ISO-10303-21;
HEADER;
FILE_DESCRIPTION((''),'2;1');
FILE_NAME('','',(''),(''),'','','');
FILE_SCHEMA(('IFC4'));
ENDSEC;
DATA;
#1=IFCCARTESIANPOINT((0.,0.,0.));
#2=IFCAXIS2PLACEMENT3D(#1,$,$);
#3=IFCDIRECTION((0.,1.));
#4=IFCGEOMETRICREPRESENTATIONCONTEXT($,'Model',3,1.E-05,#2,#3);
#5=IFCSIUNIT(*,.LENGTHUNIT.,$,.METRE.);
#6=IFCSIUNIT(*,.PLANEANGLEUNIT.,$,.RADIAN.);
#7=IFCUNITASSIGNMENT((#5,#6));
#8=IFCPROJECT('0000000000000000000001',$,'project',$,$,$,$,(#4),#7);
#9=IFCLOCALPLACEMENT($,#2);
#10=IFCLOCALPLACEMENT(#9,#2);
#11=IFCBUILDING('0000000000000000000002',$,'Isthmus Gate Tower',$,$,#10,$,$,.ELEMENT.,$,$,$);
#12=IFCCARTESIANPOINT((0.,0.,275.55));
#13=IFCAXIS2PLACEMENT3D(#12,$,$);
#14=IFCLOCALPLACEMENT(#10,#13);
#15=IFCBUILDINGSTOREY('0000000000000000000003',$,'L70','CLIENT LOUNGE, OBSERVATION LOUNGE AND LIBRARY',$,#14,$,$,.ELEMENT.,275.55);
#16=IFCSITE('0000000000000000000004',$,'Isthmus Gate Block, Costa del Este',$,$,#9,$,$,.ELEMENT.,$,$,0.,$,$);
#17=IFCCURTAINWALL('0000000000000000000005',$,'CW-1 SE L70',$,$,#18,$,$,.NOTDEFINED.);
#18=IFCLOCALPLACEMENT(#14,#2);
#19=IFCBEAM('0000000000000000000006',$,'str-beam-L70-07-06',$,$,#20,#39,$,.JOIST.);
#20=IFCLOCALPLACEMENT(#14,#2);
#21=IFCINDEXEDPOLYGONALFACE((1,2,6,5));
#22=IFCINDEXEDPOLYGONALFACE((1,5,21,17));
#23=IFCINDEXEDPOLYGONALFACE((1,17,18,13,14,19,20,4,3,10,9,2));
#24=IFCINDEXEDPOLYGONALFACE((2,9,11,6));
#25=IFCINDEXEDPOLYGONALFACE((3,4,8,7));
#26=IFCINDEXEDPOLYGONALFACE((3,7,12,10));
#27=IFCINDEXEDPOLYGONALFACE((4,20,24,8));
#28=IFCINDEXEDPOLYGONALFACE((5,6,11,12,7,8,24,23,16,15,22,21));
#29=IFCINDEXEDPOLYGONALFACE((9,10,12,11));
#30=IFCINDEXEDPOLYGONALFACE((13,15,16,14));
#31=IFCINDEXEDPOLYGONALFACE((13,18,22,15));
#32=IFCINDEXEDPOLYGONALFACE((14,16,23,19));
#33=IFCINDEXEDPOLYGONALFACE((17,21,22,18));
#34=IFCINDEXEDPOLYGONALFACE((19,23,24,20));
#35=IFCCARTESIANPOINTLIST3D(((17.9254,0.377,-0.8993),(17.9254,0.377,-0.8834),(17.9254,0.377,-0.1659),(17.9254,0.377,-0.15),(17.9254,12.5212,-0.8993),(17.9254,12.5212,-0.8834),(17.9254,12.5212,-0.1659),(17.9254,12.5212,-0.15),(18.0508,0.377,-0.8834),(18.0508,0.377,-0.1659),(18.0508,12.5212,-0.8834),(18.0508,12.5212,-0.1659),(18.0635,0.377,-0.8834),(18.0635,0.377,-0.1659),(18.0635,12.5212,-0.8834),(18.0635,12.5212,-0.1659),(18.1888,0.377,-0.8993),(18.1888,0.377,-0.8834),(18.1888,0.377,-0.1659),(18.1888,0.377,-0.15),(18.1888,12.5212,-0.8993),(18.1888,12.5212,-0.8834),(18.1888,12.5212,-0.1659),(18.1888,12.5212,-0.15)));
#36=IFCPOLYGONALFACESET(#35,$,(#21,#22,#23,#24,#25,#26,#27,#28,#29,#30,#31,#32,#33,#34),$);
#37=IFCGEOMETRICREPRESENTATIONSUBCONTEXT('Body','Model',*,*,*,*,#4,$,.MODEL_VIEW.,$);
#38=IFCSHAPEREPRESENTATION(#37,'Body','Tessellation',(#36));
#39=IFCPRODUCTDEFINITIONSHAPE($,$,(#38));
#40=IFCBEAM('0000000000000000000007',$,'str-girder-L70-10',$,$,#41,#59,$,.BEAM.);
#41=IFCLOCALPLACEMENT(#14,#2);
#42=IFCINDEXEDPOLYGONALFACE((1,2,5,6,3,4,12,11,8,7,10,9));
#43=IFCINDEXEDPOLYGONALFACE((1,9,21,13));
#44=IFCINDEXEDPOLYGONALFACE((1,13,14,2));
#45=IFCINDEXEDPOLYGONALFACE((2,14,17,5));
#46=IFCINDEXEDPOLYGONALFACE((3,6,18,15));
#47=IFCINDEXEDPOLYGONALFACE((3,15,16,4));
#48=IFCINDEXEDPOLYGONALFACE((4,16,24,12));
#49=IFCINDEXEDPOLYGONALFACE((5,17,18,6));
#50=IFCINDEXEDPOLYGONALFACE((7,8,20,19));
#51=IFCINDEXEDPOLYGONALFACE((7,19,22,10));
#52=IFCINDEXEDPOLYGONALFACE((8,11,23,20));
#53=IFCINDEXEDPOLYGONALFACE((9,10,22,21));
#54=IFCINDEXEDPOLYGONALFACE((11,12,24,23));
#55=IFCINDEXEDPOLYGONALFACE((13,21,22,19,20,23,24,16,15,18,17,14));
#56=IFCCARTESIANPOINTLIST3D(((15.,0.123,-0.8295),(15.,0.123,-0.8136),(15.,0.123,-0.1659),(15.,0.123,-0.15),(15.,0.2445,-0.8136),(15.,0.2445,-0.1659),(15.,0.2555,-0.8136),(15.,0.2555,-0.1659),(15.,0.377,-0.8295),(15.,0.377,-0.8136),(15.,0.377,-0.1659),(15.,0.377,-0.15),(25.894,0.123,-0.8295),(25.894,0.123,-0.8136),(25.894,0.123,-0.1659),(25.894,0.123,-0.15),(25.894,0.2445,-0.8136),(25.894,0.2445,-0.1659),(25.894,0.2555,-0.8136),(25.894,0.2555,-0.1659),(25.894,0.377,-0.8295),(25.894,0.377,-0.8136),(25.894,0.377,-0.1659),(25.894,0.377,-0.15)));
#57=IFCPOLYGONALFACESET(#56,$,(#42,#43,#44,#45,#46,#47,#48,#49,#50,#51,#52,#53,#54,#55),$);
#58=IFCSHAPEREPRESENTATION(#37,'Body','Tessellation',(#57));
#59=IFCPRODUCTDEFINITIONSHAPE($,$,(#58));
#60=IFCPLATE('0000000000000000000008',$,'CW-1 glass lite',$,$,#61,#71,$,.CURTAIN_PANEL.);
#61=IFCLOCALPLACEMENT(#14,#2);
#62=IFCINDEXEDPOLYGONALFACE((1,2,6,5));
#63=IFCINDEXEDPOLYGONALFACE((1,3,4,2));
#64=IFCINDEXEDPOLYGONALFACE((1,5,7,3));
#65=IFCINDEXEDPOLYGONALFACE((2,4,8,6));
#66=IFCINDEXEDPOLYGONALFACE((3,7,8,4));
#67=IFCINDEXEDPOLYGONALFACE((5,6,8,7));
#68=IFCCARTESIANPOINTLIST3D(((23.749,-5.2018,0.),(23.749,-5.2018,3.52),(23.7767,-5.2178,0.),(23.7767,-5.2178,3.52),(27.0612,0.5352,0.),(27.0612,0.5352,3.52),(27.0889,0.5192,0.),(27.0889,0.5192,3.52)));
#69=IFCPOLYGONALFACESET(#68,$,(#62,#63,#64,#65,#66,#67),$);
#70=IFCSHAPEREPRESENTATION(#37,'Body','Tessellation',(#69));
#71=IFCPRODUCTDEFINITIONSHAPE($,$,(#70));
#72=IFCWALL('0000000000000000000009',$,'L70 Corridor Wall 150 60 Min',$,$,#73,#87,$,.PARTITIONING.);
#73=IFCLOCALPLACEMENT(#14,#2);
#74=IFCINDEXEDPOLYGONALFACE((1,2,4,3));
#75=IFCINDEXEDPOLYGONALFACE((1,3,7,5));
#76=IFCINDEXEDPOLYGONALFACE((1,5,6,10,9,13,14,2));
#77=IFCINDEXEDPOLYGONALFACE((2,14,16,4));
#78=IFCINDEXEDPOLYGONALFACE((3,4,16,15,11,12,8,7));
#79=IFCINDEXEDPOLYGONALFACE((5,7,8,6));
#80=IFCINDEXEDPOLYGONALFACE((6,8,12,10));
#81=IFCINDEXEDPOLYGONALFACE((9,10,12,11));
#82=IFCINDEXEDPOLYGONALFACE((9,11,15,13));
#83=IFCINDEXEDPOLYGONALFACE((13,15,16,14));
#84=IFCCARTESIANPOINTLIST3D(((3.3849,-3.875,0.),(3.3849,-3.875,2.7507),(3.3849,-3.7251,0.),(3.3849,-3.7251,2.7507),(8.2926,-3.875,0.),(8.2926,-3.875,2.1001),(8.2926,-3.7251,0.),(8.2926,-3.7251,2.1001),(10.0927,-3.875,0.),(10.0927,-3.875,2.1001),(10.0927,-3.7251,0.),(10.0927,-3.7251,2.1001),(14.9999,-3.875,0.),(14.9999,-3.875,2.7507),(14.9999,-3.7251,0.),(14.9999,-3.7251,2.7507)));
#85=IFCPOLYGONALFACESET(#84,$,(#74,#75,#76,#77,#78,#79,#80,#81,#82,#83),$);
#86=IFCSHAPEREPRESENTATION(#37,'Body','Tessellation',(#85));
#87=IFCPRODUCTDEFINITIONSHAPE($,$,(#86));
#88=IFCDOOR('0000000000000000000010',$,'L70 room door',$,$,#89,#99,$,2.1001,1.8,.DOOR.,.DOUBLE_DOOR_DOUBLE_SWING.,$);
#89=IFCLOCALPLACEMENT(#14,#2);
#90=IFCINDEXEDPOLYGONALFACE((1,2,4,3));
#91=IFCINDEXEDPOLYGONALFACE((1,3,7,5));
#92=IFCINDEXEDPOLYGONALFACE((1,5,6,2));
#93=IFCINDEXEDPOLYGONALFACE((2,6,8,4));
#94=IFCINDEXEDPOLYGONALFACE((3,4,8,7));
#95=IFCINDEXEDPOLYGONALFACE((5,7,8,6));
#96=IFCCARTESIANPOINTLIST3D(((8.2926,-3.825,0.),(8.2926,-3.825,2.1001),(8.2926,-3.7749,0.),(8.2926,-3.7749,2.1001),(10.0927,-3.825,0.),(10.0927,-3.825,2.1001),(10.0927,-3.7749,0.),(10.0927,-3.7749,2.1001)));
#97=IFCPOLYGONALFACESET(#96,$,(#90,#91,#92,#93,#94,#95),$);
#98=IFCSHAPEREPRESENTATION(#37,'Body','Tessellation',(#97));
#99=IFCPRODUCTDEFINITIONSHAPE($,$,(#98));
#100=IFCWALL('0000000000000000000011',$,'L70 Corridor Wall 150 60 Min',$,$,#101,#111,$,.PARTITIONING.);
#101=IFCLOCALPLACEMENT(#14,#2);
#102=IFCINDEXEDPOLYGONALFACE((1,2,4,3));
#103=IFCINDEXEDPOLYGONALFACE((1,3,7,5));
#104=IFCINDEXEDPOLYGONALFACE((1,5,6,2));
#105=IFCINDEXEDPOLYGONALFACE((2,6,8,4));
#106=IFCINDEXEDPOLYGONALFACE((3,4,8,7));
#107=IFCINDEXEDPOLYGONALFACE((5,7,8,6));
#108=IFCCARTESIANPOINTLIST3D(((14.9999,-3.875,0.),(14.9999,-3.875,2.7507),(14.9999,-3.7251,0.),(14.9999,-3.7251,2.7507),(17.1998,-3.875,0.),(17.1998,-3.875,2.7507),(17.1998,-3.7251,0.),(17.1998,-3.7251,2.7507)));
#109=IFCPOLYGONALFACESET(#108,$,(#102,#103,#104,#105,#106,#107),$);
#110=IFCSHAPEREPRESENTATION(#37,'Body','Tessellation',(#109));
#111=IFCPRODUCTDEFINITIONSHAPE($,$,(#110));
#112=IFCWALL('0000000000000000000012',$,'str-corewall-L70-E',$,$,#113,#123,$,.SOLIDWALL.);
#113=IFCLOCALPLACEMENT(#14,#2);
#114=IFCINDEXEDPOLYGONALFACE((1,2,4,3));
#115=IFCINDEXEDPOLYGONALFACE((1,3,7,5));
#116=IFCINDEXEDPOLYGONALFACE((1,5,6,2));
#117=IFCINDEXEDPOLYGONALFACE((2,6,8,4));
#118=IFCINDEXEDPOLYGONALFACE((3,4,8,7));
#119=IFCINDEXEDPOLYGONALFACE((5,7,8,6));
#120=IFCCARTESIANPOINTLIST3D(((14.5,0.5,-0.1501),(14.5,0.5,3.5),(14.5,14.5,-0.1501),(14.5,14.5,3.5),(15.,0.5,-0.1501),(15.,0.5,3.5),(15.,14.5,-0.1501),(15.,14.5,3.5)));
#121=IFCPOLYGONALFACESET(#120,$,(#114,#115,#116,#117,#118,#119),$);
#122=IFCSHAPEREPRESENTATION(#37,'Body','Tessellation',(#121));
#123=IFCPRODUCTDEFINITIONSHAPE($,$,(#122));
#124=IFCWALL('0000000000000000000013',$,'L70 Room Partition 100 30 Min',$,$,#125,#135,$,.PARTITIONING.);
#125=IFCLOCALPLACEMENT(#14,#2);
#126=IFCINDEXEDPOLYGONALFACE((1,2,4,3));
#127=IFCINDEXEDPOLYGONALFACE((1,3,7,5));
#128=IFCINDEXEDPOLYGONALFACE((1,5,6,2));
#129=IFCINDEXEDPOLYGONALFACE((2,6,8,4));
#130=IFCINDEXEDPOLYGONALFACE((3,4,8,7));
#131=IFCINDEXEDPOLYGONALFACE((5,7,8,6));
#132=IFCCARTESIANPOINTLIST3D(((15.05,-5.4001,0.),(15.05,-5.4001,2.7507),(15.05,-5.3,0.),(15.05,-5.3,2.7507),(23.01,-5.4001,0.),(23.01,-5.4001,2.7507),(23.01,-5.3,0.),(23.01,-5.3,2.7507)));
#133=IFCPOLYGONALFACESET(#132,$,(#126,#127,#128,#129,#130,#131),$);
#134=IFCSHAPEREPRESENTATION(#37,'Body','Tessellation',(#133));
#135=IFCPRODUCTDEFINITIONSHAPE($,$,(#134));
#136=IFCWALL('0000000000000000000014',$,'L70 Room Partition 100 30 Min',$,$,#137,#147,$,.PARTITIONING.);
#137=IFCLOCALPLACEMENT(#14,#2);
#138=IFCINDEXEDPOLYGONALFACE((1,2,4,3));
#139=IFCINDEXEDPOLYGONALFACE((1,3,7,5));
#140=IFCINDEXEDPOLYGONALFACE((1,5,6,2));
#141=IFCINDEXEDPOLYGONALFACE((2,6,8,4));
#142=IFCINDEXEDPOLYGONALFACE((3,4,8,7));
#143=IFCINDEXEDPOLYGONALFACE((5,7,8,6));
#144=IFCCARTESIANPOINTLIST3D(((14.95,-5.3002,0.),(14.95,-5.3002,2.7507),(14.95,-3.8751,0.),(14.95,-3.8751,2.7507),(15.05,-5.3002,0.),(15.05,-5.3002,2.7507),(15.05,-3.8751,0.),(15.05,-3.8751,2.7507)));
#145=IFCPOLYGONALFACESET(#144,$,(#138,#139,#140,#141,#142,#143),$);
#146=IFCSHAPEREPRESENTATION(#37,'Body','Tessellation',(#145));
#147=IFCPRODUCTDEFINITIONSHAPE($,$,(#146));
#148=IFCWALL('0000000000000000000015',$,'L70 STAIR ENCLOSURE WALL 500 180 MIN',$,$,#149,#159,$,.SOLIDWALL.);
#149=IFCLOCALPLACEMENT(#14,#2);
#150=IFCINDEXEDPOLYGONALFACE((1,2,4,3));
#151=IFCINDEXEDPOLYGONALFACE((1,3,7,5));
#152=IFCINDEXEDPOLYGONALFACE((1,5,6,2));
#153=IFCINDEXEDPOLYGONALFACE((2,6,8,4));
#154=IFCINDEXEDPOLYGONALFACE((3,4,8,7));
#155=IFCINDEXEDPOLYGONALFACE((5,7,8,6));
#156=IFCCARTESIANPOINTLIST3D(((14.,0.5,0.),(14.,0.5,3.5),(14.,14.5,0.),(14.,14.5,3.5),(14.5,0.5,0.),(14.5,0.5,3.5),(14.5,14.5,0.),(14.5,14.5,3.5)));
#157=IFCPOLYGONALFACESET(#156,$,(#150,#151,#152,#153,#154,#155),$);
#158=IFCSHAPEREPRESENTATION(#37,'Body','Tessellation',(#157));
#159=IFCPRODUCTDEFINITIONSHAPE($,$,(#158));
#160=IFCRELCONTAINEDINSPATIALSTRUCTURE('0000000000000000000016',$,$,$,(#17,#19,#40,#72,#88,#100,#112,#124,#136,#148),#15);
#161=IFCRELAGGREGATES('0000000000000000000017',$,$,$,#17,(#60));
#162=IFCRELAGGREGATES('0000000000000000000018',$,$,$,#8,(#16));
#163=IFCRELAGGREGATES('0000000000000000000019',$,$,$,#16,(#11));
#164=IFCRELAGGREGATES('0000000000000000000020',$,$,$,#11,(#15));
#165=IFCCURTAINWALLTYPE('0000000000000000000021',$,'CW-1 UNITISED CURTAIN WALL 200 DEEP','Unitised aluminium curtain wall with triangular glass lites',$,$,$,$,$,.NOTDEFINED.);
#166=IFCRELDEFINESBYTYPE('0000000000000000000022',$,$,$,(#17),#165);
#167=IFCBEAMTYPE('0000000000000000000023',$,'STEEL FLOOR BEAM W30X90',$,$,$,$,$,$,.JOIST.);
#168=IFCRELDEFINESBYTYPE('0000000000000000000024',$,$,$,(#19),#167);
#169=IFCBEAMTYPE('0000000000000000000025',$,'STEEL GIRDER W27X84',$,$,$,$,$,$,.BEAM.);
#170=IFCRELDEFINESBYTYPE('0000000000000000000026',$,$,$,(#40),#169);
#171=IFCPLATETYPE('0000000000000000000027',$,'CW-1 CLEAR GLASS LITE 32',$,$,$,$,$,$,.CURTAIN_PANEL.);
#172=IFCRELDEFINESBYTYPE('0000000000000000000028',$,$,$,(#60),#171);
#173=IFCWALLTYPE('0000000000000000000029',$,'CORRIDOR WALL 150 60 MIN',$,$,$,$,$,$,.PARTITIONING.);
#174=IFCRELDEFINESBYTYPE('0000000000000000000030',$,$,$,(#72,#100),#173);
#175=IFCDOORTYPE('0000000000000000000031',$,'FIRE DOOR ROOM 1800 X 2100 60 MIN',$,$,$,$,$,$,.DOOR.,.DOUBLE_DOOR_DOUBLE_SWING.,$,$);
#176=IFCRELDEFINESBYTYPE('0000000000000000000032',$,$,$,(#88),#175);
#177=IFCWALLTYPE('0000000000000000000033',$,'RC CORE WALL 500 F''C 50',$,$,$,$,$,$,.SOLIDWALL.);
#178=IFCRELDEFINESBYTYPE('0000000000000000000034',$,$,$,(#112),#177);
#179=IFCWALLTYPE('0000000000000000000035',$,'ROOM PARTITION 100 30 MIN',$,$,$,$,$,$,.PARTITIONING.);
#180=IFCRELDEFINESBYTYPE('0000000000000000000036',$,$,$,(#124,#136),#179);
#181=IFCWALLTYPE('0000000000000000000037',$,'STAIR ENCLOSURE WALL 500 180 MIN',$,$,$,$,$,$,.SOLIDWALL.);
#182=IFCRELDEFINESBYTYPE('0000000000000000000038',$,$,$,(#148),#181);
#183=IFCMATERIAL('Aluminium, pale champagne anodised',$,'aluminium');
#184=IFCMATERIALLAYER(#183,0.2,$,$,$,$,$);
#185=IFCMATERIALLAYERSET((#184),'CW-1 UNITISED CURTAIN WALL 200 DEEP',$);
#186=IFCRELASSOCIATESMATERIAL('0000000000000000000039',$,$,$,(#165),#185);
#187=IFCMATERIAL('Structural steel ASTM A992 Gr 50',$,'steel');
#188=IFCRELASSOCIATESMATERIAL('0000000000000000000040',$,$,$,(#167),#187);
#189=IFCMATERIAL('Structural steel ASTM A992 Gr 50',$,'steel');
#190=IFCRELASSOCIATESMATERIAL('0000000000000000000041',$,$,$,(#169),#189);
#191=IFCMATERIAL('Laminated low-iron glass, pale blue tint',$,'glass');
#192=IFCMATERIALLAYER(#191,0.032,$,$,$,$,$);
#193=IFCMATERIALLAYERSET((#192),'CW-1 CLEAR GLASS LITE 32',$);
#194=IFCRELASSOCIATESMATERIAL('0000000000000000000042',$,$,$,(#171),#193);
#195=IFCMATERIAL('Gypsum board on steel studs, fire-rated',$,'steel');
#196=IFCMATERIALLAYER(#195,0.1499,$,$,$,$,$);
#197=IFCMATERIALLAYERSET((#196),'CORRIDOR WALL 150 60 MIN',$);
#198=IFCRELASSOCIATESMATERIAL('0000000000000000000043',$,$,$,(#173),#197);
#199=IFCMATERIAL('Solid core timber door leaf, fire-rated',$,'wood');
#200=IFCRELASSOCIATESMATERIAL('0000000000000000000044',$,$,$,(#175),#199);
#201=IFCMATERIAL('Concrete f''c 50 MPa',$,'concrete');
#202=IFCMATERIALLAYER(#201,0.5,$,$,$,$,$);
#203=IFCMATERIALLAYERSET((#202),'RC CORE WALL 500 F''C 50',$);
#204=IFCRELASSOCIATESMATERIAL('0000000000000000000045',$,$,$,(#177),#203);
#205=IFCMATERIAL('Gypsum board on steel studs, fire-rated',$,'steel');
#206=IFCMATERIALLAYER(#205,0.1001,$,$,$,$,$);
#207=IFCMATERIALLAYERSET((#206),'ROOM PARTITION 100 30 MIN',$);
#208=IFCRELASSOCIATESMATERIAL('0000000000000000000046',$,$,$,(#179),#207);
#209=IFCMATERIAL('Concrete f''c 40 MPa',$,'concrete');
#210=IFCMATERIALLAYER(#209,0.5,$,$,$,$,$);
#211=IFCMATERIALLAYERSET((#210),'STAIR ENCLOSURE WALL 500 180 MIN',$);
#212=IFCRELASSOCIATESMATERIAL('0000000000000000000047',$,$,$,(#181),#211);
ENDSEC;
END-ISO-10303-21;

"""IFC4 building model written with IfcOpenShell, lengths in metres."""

from ifc_helpers import new_model, si_unit, direction, frame, frame_2d, origin, origin_2d, place, context, subcontext, project, spatial, rectangle, i_section, extrude, material, layer, layer_set, material_profile, profile_set, type_object, element, fill, aggregate, save


model = new_model("IFC4")

# Units and contexts
model_context = context("Model", 3, precision=1e-05, world=origin(), true_north=direction((0.0, 1.0)))
body_context = subcontext(model_context, "Body", "Model", "MODEL_VIEW")
ifc_project = project(units=[si_unit("LENGTHUNIT", "METRE"), si_unit("PLANEANGLEUNIT", "RADIAN")], contexts=[model_context])

# Site, building, storey
site_placement = place(None, origin())
site = spatial("IfcSite", under=ifc_project, at=site_placement, Name="Isthmus Gate Block, Costa del Este", CompositionType="ELEMENT", RefElevation=0.0)
building_placement = place(site_placement, origin())
building = spatial("IfcBuilding", under=site, at=building_placement, Name="Isthmus Gate Tower", CompositionType="ELEMENT")
storey_placement = place(building_placement, frame((0.0, 0.0, 275.55)))
storey = spatial("IfcBuildingStorey", under=building, at=storey_placement, Name="L70", Description="CLIENT LOUNGE, OBSERVATION LOUNGE AND LIBRARY", CompositionType="ELEMENT", Elevation=275.55)

# Curtain wall
ifc_material_1 = material(Name="Aluminium, pale champagne anodised", Category="aluminium")
ifc_layer_1 = layer(ifc_material_1, 0.2)
ifc_layer_set_1 = layer_set([ifc_layer_1], Name="CW-1 UNITISED CURTAIN WALL 200 DEEP")
curtain_wall_type = type_object("IfcCurtainWallType", Name="CW-1 UNITISED CURTAIN WALL 200 DEEP", Description="Unitised aluminium curtain wall with triangular glass lites", PredefinedType="NOTDEFINED", material=ifc_layer_set_1)
curtain_wall_1_placement = place(storey_placement, origin())
curtain_wall_1 = element("IfcCurtainWall", 1, at=curtain_wall_1_placement, inside=storey, type_object=curtain_wall_type, Name="CW-1 SE L70", PredefinedType="NOTDEFINED")

# Beams
ifc_material_2 = material(Name="Structural steel ASTM A992 Gr 50", Category="steel")
ifc_material_profile_1 = material_profile(ifc_material_2, i_section(OverallWidth=0.2634, OverallDepth=0.7493, WebThickness=0.0127, FlangeThickness=0.0159, at=origin_2d()), Name="W30X90")
ifc_profile_set_1 = profile_set([ifc_material_profile_1], Name="Structural steel ASTM A992 Gr 50")
beam_type_1 = type_object("IfcBeamType", Name="STEEL FLOOR BEAM W30X90", PredefinedType="JOIST", material=ifc_profile_set_1)
beam_1_placement = place(storey_placement, frame((18.0571, 0.377, -0.5247), z_axis=(0.0, 1.0, 0.0), x_axis=(-1.0, 0.0, 0.0)))
element("IfcBeam", 2, at=beam_1_placement, inside=storey, type_object=beam_type_1, Name="str-beam-L70-07-06", PredefinedType="JOIST", context=body_context, shape_type="SweptSolid", body=[
    extrude(i_section(OverallWidth=0.2634, OverallDepth=0.7493, WebThickness=0.0127, FlangeThickness=0.0159, at=origin_2d()), origin(), (0.0, 0.0, 1.0), 12.1443),
])
ifc_material_3 = material(Name="Structural steel ASTM A992 Gr 50", Category="steel")
ifc_material_profile_2 = material_profile(ifc_material_3, i_section(OverallWidth=0.2539, OverallDepth=0.6794, WebThickness=0.011, FlangeThickness=0.0159, at=origin_2d()), Name="W27X84")
ifc_profile_set_2 = profile_set([ifc_material_profile_2], Name="Structural steel ASTM A992 Gr 50")
beam_type_2 = type_object("IfcBeamType", Name="STEEL GIRDER W27X84", PredefinedType="BEAM", material=ifc_profile_set_2)
beam_2_placement = place(storey_placement, frame((15.0, 0.25, -0.4897), z_axis=(1.0, 0.0, 0.0), x_axis=(0.0, 1.0, 0.0)))
element("IfcBeam", 3, at=beam_2_placement, inside=storey, type_object=beam_type_2, Name="str-girder-L70-10", PredefinedType="BEAM", context=body_context, shape_type="SweptSolid", body=[
    extrude(i_section(OverallWidth=0.2539, OverallDepth=0.6794, WebThickness=0.011, FlangeThickness=0.0159, at=origin_2d()), origin(), (0.0, 0.0, 1.0), 10.894),
])

# Plate
ifc_material_4 = material(Name="Laminated low-iron glass, pale blue tint", Category="glass")
ifc_layer_2 = layer(ifc_material_4, 0.032)
ifc_layer_set_2 = layer_set([ifc_layer_2], Name="CW-1 CLEAR GLASS LITE 32")
plate_type = type_object("IfcPlateType", Name="CW-1 CLEAR GLASS LITE 32", PredefinedType="CURTAIN_PANEL", material=ifc_layer_set_2)
plate_placement = place(storey_placement, frame((25.4189, -2.3413, 0.0), z_axis=(0.0, 0.0, 1.0), x_axis=(0.5, 0.866025, 0.0)))
plate = element("IfcPlate", 4, at=plate_placement, type_object=plate_type, Name="CW-1 glass lite", PredefinedType="CURTAIN_PANEL", context=body_context, shape_type="SweptSolid", body=[
    extrude(rectangle(XDim=6.6245, YDim=0.032, at=origin_2d()), origin(), (0.0, 0.0, 1.0), 3.52),
])
aggregate(curtain_wall_1, [plate])

# Wall, opening, door
ifc_material_5 = material(Name="Gypsum board on steel studs, fire-rated", Category="steel")
ifc_layer_3 = layer(ifc_material_5, 0.1499)
ifc_layer_set_3 = layer_set([ifc_layer_3], Name="CORRIDOR WALL 150 60 MIN")
wall_type_1 = type_object("IfcWallType", Name="CORRIDOR WALL 150 60 MIN", PredefinedType="PARTITIONING", material=ifc_layer_set_3)
wall_1_placement = place(storey_placement, frame((15.0, -3.8, 0.0), z_axis=(0.0, 0.0, 1.0), x_axis=(-1.0, 0.0, 0.0)))
wall_1 = element("IfcWall", 5, at=wall_1_placement, inside=storey, type_object=wall_type_1, Name="L70 Corridor Wall 150 60 Min", PredefinedType="PARTITIONING", context=body_context, shape_type="SweptSolid", body=[
    extrude(rectangle(XDim=11.615, YDim=0.1499, at=frame_2d((5.8076, 0.0))), origin(), (0.0, 0.0, 1.0), 2.7507),
])
opening_placement = place(wall_1_placement, frame((4.9075, 0.0, 0.0)))
opening = element("IfcOpeningElement", 6, at=opening_placement, cuts=wall_1, PredefinedType="OPENING", context=body_context, shape_type="SweptSolid", body=[
    extrude(rectangle(XDim=1.8, YDim=2.1001, at=frame_2d((0.8999, 1.05))), frame((0.0, 0.085, 0.0), z_axis=(0.0, -1.0, 0.0), x_axis=(1.0, 0.0, 0.0)), (0.0, 0.0, 1.0), 0.1699),
])
ifc_material_6 = material(Name="Solid core timber door leaf, fire-rated", Category="wood")
door_type = type_object("IfcDoorType", Name="FIRE DOOR ROOM 1800 X 2100 60 MIN", OperationType="DOUBLE_DOOR_DOUBLE_SWING", PredefinedType="DOOR", material=ifc_material_6)
door_placement = place(opening_placement, origin())
door = element("IfcDoor", 7, at=door_placement, inside=storey, type_object=door_type, Name="L70 room door", OperationType="DOUBLE_DOOR_DOUBLE_SWING", OverallHeight=2.1001, OverallWidth=1.8, PredefinedType="DOOR", context=body_context, shape_type="SweptSolid", body=[
    extrude(rectangle(XDim=1.8, YDim=2.1001, at=frame_2d((0.8999, 1.05))), frame((0.0, 0.0249, 0.0), z_axis=(0.0, -1.0, 0.0), x_axis=(1.0, 0.0, 0.0)), (0.0, 0.0, 1.0), 0.05),
])
fill(opening, door)

# Walls
wall_2_placement = place(storey_placement, frame((17.2, -3.8, 0.0), z_axis=(0.0, 0.0, 1.0), x_axis=(-1.0, 0.0, 0.0)))
element("IfcWall", 8, at=wall_2_placement, inside=storey, type_object=wall_type_1, Name="L70 Corridor Wall 150 60 Min", PredefinedType="PARTITIONING", context=body_context, shape_type="SweptSolid", body=[
    extrude(rectangle(XDim=2.2, YDim=0.1499, at=frame_2d((1.1001, 0.0))), origin(), (0.0, 0.0, 1.0), 2.7507),
])
ifc_material_7 = material(Name="Concrete f'c 50 MPa", Category="concrete")
ifc_layer_4 = layer(ifc_material_7, 0.5)
ifc_layer_set_4 = layer_set([ifc_layer_4], Name="RC CORE WALL 500 F'C 50")
wall_type_2 = type_object("IfcWallType", Name="RC CORE WALL 500 F'C 50", PredefinedType="SOLIDWALL", material=ifc_layer_set_4)
wall_3_placement = place(storey_placement, frame((14.75, 0.5, -0.1501), z_axis=(0.0, 0.0, 1.0), x_axis=(0.0, 1.0, 0.0)))
element("IfcWall", 9, at=wall_3_placement, inside=storey, type_object=wall_type_2, Name="str-corewall-L70-E", PredefinedType="SOLIDWALL", context=body_context, shape_type="SweptSolid", body=[
    extrude(rectangle(XDim=14.0, YDim=0.5, at=frame_2d((7.0, 0.0))), origin(), (0.0, 0.0, 1.0), 3.6501),
])
ifc_material_8 = material(Name="Gypsum board on steel studs, fire-rated", Category="steel")
ifc_layer_5 = layer(ifc_material_8, 0.1001)
ifc_layer_set_5 = layer_set([ifc_layer_5], Name="ROOM PARTITION 100 30 MIN")
wall_type_3 = type_object("IfcWallType", Name="ROOM PARTITION 100 30 MIN", PredefinedType="PARTITIONING", material=ifc_layer_set_5)
wall_4_placement = place(storey_placement, frame((15.05, -5.3501, 0.0), z_axis=(0.0, 0.0, 1.0), x_axis=(1.0, 0.0, 0.0)))
element("IfcWall", 10, at=wall_4_placement, inside=storey, type_object=wall_type_3, Name="L70 Room Partition 100 30 Min", PredefinedType="PARTITIONING", context=body_context, shape_type="SweptSolid", body=[
    extrude(rectangle(XDim=7.96, YDim=0.1001, at=frame_2d((3.98, 0.0))), origin(), (0.0, 0.0, 1.0), 2.7507),
])
wall_5_placement = place(storey_placement, frame((15.0, -5.3, 0.0), z_axis=(0.0, 0.0, 1.0), x_axis=(0.0, 1.0, 0.0)))
element("IfcWall", 11, at=wall_5_placement, inside=storey, type_object=wall_type_3, Name="L70 Room Partition 100 30 Min", PredefinedType="PARTITIONING", context=body_context, shape_type="SweptSolid", body=[
    extrude(rectangle(XDim=1.425, YDim=0.1001, at=frame_2d((0.7124, 0.0))), origin(), (0.0, 0.0, 1.0), 2.7507),
])
ifc_material_9 = material(Name="Concrete f'c 40 MPa", Category="concrete")
ifc_layer_6 = layer(ifc_material_9, 0.5)
ifc_layer_set_6 = layer_set([ifc_layer_6], Name="STAIR ENCLOSURE WALL 500 180 MIN")
wall_type_4 = type_object("IfcWallType", Name="STAIR ENCLOSURE WALL 500 180 MIN", PredefinedType="SOLIDWALL", material=ifc_layer_set_6)
wall_6_placement = place(storey_placement, frame((14.25, 0.5, 0.0), z_axis=(0.0, 0.0, 1.0), x_axis=(0.0, 1.0, 0.0)))
element("IfcWall", 12, at=wall_6_placement, inside=storey, type_object=wall_type_4, Name="L70 STAIR ENCLOSURE WALL 500 180 MIN", PredefinedType="SOLIDWALL", context=body_context, shape_type="SweptSolid", body=[
    extrude(rectangle(XDim=14.0, YDim=0.5, at=frame_2d((7.0, 0.0))), origin(), (0.0, 0.0, 1.0), 3.5),
])

save(model, "model.ifc")
